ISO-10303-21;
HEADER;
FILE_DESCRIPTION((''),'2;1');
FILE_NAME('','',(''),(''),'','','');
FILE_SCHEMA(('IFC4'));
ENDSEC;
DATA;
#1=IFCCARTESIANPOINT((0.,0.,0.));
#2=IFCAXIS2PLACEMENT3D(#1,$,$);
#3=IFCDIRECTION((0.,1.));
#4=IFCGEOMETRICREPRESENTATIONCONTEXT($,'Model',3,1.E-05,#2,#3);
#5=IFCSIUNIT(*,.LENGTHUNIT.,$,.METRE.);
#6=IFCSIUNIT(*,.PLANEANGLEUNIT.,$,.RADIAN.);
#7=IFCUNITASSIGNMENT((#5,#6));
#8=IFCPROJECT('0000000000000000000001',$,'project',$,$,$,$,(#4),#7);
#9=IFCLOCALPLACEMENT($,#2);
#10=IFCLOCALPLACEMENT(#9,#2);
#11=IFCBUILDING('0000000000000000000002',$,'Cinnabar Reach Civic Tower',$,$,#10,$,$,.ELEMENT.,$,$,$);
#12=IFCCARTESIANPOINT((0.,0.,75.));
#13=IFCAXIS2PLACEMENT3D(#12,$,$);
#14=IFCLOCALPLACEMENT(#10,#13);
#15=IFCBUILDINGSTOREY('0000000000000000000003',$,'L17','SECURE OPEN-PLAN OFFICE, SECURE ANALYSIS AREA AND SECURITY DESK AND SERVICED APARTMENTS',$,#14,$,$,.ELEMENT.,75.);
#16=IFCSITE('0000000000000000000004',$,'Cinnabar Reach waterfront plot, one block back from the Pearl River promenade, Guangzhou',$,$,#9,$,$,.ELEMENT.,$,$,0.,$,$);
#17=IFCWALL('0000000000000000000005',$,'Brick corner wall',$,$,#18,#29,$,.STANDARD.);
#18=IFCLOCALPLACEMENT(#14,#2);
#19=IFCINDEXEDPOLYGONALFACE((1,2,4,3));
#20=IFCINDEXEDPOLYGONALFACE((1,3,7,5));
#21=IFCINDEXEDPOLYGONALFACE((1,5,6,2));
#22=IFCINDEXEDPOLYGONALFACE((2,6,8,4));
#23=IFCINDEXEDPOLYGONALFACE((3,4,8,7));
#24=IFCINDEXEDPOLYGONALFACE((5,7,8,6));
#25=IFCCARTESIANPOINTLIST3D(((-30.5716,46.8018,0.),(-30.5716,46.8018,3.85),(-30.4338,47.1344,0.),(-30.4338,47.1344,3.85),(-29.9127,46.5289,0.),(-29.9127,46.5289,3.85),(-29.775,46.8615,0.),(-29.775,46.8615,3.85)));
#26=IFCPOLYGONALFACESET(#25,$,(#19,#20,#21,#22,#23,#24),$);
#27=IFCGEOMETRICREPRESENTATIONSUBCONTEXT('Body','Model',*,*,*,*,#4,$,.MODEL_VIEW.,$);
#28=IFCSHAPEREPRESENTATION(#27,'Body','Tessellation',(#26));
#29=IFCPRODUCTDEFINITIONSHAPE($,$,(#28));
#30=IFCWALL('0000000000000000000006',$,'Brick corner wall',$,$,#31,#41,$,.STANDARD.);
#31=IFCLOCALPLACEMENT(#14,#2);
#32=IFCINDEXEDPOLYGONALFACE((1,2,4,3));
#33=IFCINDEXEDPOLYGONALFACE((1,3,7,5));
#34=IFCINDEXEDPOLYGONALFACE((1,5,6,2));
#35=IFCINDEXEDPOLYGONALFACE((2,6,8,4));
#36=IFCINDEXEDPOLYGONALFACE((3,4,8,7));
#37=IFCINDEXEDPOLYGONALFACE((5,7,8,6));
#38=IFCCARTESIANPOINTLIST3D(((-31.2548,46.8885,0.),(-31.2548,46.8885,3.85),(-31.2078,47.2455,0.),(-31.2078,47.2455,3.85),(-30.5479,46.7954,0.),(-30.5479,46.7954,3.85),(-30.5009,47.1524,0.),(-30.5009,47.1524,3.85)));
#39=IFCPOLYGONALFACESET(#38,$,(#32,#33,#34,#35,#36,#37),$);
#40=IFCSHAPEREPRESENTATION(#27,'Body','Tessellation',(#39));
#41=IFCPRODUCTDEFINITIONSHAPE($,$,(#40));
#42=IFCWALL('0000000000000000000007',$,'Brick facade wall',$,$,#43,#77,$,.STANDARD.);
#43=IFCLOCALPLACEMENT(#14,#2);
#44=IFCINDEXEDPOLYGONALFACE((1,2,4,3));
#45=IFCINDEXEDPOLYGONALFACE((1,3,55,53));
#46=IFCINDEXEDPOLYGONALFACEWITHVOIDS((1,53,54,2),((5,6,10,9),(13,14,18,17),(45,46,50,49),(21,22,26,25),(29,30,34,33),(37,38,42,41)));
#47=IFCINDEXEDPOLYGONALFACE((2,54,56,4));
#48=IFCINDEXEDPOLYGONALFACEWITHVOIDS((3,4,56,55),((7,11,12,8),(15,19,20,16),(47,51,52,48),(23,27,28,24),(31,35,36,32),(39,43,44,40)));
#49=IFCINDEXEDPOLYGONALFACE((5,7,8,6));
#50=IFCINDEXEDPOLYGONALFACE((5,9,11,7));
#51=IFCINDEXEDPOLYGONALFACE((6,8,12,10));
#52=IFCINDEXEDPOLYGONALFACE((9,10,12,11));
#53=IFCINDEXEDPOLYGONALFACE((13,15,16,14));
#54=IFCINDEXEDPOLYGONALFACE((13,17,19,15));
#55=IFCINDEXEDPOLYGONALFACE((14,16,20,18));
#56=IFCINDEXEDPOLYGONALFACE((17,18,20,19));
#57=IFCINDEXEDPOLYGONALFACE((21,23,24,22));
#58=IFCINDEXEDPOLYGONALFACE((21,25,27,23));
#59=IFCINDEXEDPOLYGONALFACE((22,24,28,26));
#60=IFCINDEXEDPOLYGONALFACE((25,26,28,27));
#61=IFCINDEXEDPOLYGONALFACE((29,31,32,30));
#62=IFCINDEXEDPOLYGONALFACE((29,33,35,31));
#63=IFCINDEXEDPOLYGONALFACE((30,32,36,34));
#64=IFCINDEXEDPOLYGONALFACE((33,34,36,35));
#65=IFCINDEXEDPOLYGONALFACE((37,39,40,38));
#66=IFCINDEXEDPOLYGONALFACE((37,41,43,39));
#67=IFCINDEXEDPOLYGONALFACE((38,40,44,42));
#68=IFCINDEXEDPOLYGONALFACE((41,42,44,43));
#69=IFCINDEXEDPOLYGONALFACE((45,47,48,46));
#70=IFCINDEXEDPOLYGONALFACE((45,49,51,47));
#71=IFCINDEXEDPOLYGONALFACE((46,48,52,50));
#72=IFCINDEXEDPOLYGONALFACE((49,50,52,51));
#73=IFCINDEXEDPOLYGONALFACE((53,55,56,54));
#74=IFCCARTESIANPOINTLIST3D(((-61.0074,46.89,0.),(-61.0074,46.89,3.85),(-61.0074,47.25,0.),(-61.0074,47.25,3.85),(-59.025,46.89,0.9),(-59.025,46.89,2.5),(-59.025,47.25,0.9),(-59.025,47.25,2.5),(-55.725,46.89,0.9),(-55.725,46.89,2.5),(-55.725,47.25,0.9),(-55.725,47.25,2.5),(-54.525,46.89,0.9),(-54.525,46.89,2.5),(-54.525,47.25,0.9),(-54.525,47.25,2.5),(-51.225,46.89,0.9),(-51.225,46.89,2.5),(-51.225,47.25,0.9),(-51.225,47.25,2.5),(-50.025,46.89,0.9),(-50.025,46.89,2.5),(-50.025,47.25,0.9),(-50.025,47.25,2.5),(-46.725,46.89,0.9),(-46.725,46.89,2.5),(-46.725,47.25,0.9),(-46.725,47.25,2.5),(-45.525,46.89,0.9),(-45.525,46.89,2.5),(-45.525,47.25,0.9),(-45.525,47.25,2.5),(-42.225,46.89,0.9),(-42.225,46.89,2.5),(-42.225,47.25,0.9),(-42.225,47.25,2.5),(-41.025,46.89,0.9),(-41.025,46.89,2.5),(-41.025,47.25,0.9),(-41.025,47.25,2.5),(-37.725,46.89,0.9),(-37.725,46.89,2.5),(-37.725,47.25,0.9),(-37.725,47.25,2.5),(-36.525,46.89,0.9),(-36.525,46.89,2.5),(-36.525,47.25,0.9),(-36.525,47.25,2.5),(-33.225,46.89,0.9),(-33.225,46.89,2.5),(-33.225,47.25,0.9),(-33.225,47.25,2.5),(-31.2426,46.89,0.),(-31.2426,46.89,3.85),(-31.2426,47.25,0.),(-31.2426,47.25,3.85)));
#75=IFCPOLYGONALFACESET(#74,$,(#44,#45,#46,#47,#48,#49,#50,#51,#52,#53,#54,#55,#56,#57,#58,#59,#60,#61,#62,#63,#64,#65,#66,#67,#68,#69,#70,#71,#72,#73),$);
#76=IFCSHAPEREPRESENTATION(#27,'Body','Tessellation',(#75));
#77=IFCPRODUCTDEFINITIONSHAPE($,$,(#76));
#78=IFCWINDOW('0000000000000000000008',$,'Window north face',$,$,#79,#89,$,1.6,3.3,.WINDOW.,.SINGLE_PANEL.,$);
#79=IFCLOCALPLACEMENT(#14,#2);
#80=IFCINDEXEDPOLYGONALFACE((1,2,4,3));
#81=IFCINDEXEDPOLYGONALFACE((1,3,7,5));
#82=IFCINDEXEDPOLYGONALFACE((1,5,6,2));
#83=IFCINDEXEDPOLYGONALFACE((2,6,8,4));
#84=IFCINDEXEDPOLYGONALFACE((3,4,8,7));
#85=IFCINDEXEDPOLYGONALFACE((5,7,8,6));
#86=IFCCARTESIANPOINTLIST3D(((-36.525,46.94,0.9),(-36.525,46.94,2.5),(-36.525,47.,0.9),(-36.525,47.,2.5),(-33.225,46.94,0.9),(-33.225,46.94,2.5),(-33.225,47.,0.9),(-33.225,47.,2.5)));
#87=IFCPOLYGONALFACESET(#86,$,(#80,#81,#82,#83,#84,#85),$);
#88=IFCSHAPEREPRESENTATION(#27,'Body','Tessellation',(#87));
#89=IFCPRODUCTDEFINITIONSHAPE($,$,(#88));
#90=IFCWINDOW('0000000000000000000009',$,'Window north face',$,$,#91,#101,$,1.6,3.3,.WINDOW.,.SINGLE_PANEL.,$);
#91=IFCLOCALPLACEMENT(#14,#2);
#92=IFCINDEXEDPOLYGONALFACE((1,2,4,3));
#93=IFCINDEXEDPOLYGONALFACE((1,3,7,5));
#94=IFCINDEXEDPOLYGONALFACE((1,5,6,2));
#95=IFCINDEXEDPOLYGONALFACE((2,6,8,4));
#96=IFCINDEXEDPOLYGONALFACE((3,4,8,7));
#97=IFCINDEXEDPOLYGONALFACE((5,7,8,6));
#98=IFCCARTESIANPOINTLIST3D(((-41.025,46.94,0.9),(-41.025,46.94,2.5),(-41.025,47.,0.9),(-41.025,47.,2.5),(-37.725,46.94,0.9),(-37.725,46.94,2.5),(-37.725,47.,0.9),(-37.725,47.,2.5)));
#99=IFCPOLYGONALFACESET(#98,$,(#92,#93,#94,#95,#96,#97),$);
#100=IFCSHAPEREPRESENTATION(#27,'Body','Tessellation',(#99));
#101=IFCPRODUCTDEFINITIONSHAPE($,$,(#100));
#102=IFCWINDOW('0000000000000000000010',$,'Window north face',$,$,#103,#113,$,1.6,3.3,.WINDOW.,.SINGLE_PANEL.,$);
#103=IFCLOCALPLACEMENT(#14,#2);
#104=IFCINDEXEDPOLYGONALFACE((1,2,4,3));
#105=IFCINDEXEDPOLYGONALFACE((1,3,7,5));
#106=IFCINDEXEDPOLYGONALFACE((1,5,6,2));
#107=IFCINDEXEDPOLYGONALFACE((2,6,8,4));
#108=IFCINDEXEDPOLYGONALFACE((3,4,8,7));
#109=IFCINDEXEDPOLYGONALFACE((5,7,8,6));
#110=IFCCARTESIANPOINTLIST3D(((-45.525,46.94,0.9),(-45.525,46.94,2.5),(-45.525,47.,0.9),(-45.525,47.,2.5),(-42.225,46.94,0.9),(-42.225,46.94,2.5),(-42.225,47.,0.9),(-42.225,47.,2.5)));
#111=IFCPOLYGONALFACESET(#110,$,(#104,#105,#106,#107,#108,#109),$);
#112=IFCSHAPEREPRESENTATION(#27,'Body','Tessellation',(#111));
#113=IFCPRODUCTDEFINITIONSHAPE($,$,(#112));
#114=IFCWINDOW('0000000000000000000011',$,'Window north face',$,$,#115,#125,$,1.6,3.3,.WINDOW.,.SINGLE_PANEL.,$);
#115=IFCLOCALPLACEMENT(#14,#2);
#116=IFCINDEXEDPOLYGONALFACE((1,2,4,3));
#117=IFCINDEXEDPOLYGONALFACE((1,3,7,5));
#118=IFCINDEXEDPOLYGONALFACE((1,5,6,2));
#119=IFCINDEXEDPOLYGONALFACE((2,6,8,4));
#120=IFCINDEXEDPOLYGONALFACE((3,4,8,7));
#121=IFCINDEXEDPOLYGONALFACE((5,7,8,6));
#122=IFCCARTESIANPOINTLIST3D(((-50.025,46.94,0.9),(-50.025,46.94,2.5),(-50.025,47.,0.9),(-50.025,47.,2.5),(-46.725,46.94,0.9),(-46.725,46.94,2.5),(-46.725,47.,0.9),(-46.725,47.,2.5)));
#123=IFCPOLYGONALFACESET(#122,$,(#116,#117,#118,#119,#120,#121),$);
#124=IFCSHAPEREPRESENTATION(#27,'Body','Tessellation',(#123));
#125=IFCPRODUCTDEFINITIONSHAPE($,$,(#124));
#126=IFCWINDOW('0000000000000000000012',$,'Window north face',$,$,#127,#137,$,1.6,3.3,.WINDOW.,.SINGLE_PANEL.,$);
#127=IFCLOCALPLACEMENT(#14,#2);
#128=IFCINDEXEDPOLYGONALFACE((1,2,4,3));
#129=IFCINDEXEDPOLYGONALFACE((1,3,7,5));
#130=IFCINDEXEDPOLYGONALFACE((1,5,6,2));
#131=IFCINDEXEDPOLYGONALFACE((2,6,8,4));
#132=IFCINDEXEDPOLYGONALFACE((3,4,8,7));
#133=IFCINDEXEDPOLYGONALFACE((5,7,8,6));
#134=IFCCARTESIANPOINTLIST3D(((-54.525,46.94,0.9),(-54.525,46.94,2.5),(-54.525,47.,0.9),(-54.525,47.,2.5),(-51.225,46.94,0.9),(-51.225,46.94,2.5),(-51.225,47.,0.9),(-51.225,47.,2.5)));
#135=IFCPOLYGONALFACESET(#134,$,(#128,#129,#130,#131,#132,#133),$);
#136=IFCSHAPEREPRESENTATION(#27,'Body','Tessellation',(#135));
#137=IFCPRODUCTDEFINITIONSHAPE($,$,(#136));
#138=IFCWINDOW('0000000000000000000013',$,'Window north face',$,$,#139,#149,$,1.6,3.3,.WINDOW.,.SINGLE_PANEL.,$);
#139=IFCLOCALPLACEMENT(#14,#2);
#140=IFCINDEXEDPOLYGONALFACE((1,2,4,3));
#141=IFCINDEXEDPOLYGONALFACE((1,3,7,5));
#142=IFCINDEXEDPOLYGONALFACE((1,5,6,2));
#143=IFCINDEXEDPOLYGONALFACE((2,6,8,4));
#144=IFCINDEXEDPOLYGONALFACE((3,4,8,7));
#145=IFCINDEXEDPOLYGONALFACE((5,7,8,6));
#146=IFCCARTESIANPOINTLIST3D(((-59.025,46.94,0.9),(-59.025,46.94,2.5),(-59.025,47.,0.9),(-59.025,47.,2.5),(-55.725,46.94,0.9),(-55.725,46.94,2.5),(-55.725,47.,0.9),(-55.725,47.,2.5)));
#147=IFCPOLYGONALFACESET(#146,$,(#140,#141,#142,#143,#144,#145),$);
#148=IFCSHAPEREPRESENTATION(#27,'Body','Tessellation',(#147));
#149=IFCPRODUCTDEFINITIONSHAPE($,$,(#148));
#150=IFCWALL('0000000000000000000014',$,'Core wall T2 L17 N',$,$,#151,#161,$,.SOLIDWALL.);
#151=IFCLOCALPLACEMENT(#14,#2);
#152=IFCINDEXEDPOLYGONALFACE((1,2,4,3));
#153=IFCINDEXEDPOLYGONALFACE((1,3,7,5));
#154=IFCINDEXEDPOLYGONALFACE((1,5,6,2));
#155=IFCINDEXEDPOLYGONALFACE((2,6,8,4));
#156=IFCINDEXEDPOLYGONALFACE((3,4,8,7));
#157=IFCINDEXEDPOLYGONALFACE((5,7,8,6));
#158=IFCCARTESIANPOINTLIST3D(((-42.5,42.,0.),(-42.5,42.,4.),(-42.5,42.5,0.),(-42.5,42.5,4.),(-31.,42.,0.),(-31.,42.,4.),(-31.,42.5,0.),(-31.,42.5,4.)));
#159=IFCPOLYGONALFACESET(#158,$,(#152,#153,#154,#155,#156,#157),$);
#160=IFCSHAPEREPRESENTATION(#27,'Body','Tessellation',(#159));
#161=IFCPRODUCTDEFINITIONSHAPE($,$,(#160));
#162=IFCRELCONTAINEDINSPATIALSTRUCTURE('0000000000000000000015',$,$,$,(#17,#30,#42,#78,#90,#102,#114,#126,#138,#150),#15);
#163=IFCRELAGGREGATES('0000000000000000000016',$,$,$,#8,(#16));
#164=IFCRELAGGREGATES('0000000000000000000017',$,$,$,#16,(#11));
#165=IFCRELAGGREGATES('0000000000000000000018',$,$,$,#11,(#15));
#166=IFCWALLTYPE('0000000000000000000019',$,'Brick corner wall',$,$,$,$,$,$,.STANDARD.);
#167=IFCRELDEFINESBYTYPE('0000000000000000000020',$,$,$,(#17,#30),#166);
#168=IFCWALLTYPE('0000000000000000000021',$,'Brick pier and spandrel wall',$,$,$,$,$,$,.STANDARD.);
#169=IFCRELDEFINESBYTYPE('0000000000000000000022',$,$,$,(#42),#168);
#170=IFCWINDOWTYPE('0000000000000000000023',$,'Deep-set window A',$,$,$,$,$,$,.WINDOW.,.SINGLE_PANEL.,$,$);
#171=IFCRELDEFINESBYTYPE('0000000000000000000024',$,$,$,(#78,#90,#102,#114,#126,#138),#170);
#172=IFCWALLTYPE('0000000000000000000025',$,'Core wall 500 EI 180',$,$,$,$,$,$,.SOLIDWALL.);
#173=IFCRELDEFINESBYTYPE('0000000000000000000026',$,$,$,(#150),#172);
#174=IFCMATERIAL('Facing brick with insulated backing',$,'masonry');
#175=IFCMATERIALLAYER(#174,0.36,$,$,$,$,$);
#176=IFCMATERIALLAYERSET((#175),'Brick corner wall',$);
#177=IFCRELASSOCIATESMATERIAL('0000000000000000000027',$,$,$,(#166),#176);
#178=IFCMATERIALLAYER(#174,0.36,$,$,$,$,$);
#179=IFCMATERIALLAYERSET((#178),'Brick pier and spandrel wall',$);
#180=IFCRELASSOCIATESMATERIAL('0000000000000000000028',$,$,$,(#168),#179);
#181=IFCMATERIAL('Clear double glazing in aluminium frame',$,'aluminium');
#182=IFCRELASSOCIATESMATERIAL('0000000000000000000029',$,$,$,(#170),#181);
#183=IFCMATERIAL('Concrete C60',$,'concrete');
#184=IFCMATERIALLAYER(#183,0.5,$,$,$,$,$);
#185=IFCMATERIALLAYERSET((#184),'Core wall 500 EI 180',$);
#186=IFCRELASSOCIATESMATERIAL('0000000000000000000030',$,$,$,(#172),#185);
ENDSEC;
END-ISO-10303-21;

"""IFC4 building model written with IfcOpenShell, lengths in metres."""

from ifc_helpers import new_model, si_unit, direction, frame, frame_2d, origin, place, context, subcontext, project, spatial, rectangle, extrude, material, layer, layer_set, type_object, element, fill, save


model = new_model("IFC4")

# Units and contexts
model_context = context("Model", 3, precision=1e-05, world=origin(), true_north=direction((0.0, 1.0)))
body_context = subcontext(model_context, "Body", "Model", "MODEL_VIEW")
ifc_project = project(units=[si_unit("LENGTHUNIT", "METRE"), si_unit("PLANEANGLEUNIT", "RADIAN")], contexts=[model_context])

# Site, building, storey
site_placement = place(None, origin())
site = spatial("IfcSite", under=ifc_project, at=site_placement, Name="Cinnabar Reach waterfront plot, one block back from the Pearl River promenade, Guangzhou", CompositionType="ELEMENT", RefElevation=0.0)
building_placement = place(site_placement, origin())
building = spatial("IfcBuilding", under=site, at=building_placement, Name="Cinnabar Reach Civic Tower", CompositionType="ELEMENT")
storey_placement = place(building_placement, frame((0.0, 0.0, 75.0)))
storey = spatial("IfcBuildingStorey", under=building, at=storey_placement, Name="L17", Description="SECURE OPEN-PLAN OFFICE, SECURE ANALYSIS AREA AND SECURITY DESK AND SERVICED APARTMENTS", CompositionType="ELEMENT", Elevation=75.0)

# Shared definitions
ifc_material_1 = material(Name="Concrete C60", Category="concrete")

# Walls
ifc_material_2 = material(Name="Facing brick with insulated backing", Category="masonry")
ifc_layer_1 = layer(ifc_material_2, 0.36)
ifc_layer_set_1 = layer_set([ifc_layer_1], Name="Brick corner wall")
wall_type_1 = type_object("IfcWallType", Name="Brick corner wall", PredefinedType="STANDARD", material=ifc_layer_set_1)
for number, where, z_axis, x_axis, name in (
    (1, (-29.8439, 46.6952, 0.0), (0.0, 0.0, 1.0), (-0.923872, 0.382703, 0.0), "Brick corner wall"),
    (2, (-30.5244, 46.9739, 0.0), (0.0, 0.0, 1.0), (-0.991441, 0.130556, 0.0), "Brick corner wall"),
):
    element("IfcWall", number, at=place(storey_placement, frame(where, z_axis=z_axis, x_axis=x_axis)), inside=storey, type_object=wall_type_1, Name=name, PredefinedType="STANDARD", context=body_context, shape_type="SweptSolid", body=[
        extrude(rectangle(XDim=0.7131, YDim=0.36, at=frame_2d((0.3565, 0.0))), origin(), (0.0, 0.0, 1.0), 3.85),
    ])

# Wall, openings, windows
ifc_layer_2 = layer(ifc_material_2, 0.36)
ifc_layer_set_2 = layer_set([ifc_layer_2], Name="Brick pier and spandrel wall")
wall_type_2 = type_object("IfcWallType", Name="Brick pier and spandrel wall", PredefinedType="STANDARD", material=ifc_layer_set_2)
wall_1_placement = place(storey_placement, frame((-31.2426, 47.07, 0.0), z_axis=(0.0, 0.0, 1.0), x_axis=(-1.0, 0.0, 0.0)))
wall_1 = element("IfcWall", 3, at=wall_1_placement, inside=storey, type_object=wall_type_2, Name="Brick facade wall", PredefinedType="STANDARD", context=body_context, shape_type="SweptSolid", body=[
    extrude(rectangle(XDim=29.7648, YDim=0.36, at=frame_2d((14.8824, 0.0))), origin(), (0.0, 0.0, 1.0), 3.85),
])
opening_1_placement = place(wall_1_placement, frame((1.9824, 0.0, 0.9)))
opening_1 = element("IfcOpeningElement", 4, at=opening_1_placement, cuts=wall_1, PredefinedType="OPENING", context=body_context, shape_type="SweptSolid", body=[
    extrude(rectangle(XDim=3.3, YDim=1.6, at=frame_2d((1.65, 0.8))), frame((0.0, 0.19, 0.0), z_axis=(0.0, -1.0, 0.0), x_axis=(1.0, 0.0, 0.0)), (0.0, 0.0, 1.0), 0.38),
])
opening_2_placement = place(wall_1_placement, frame((6.4824, 0.0, 0.9)))
opening_2 = element("IfcOpeningElement", 5, at=opening_2_placement, cuts=wall_1, PredefinedType="OPENING", context=body_context, shape_type="SweptSolid", body=[
    extrude(rectangle(XDim=3.3, YDim=1.6, at=frame_2d((1.65, 0.8))), frame((0.0, 0.19, 0.0), z_axis=(0.0, -1.0, 0.0), x_axis=(1.0, 0.0, 0.0)), (0.0, 0.0, 1.0), 0.38),
])
opening_3_placement = place(wall_1_placement, frame((10.9824, 0.0, 0.9)))
opening_3 = element("IfcOpeningElement", 6, at=opening_3_placement, cuts=wall_1, PredefinedType="OPENING", context=body_context, shape_type="SweptSolid", body=[
    extrude(rectangle(XDim=3.3, YDim=1.6, at=frame_2d((1.65, 0.8))), frame((0.0, 0.19, 0.0), z_axis=(0.0, -1.0, 0.0), x_axis=(1.0, 0.0, 0.0)), (0.0, 0.0, 1.0), 0.38),
])
opening_4_placement = place(wall_1_placement, frame((15.4824, 0.0, 0.9)))
opening_4 = element("IfcOpeningElement", 7, at=opening_4_placement, cuts=wall_1, PredefinedType="OPENING", context=body_context, shape_type="SweptSolid", body=[
    extrude(rectangle(XDim=3.3, YDim=1.6, at=frame_2d((1.65, 0.8))), frame((0.0, 0.19, 0.0), z_axis=(0.0, -1.0, 0.0), x_axis=(1.0, 0.0, 0.0)), (0.0, 0.0, 1.0), 0.38),
])
opening_5_placement = place(wall_1_placement, frame((19.9824, 0.0, 0.9)))
opening_5 = element("IfcOpeningElement", 8, at=opening_5_placement, cuts=wall_1, PredefinedType="OPENING", context=body_context, shape_type="SweptSolid", body=[
    extrude(rectangle(XDim=3.3, YDim=1.6, at=frame_2d((1.65, 0.8))), frame((0.0, 0.19, 0.0), z_axis=(0.0, -1.0, 0.0), x_axis=(1.0, 0.0, 0.0)), (0.0, 0.0, 1.0), 0.38),
])
opening_6_placement = place(wall_1_placement, frame((24.4824, 0.0, 0.9)))
opening_6 = element("IfcOpeningElement", 9, at=opening_6_placement, cuts=wall_1, PredefinedType="OPENING", context=body_context, shape_type="SweptSolid", body=[
    extrude(rectangle(XDim=3.3, YDim=1.6, at=frame_2d((1.65, 0.8))), frame((0.0, 0.19, 0.0), z_axis=(0.0, -1.0, 0.0), x_axis=(1.0, 0.0, 0.0)), (0.0, 0.0, 1.0), 0.38),
])
ifc_material_3 = material(Name="Clear double glazing in aluminium frame", Category="aluminium")
window_type = type_object("IfcWindowType", Name="Deep-set window A", PartitioningType="SINGLE_PANEL", PredefinedType="WINDOW", material=ifc_material_3)
window_1_placement = place(opening_1_placement, origin())
window_1 = element("IfcWindow", 10, at=window_1_placement, inside=storey, type_object=window_type, Name="Window north face", OverallHeight=1.6, OverallWidth=3.3, PartitioningType="SINGLE_PANEL", PredefinedType="WINDOW", context=body_context, shape_type="SweptSolid", body=[
    extrude(rectangle(XDim=3.3, YDim=1.6, at=frame_2d((1.65, 0.8))), frame((0.0, 0.13, 0.0), z_axis=(0.0, -1.0, 0.0), x_axis=(1.0, 0.0, 0.0)), (0.0, 0.0, 1.0), 0.06),
])
fill(opening_1, window_1)
window_2_placement = place(opening_2_placement, origin())
window_2 = element("IfcWindow", 11, at=window_2_placement, inside=storey, type_object=window_type, Name="Window north face", OverallHeight=1.6, OverallWidth=3.3, PartitioningType="SINGLE_PANEL", PredefinedType="WINDOW", context=body_context, shape_type="SweptSolid", body=[
    extrude(rectangle(XDim=3.3, YDim=1.6, at=frame_2d((1.65, 0.8))), frame((0.0, 0.13, 0.0), z_axis=(0.0, -1.0, 0.0), x_axis=(1.0, 0.0, 0.0)), (0.0, 0.0, 1.0), 0.06),
])
fill(opening_2, window_2)
window_3_placement = place(opening_3_placement, origin())
window_3 = element("IfcWindow", 12, at=window_3_placement, inside=storey, type_object=window_type, Name="Window north face", OverallHeight=1.6, OverallWidth=3.3, PartitioningType="SINGLE_PANEL", PredefinedType="WINDOW", context=body_context, shape_type="SweptSolid", body=[
    extrude(rectangle(XDim=3.3, YDim=1.6, at=frame_2d((1.65, 0.8))), frame((0.0, 0.13, 0.0), z_axis=(0.0, -1.0, 0.0), x_axis=(1.0, 0.0, 0.0)), (0.0, 0.0, 1.0), 0.06),
])
fill(opening_3, window_3)
window_4_placement = place(opening_4_placement, origin())
window_4 = element("IfcWindow", 13, at=window_4_placement, inside=storey, type_object=window_type, Name="Window north face", OverallHeight=1.6, OverallWidth=3.3, PartitioningType="SINGLE_PANEL", PredefinedType="WINDOW", context=body_context, shape_type="SweptSolid", body=[
    extrude(rectangle(XDim=3.3, YDim=1.6, at=frame_2d((1.65, 0.8))), frame((0.0, 0.13, 0.0), z_axis=(0.0, -1.0, 0.0), x_axis=(1.0, 0.0, 0.0)), (0.0, 0.0, 1.0), 0.06),
])
fill(opening_4, window_4)
window_5_placement = place(opening_5_placement, origin())
window_5 = element("IfcWindow", 14, at=window_5_placement, inside=storey, type_object=window_type, Name="Window north face", OverallHeight=1.6, OverallWidth=3.3, PartitioningType="SINGLE_PANEL", PredefinedType="WINDOW", context=body_context, shape_type="SweptSolid", body=[
    extrude(rectangle(XDim=3.3, YDim=1.6, at=frame_2d((1.65, 0.8))), frame((0.0, 0.13, 0.0), z_axis=(0.0, -1.0, 0.0), x_axis=(1.0, 0.0, 0.0)), (0.0, 0.0, 1.0), 0.06),
])
fill(opening_5, window_5)
window_6_placement = place(opening_6_placement, origin())
window_6 = element("IfcWindow", 15, at=window_6_placement, inside=storey, type_object=window_type, Name="Window north face", OverallHeight=1.6, OverallWidth=3.3, PartitioningType="SINGLE_PANEL", PredefinedType="WINDOW", context=body_context, shape_type="SweptSolid", body=[
    extrude(rectangle(XDim=3.3, YDim=1.6, at=frame_2d((1.65, 0.8))), frame((0.0, 0.13, 0.0), z_axis=(0.0, -1.0, 0.0), x_axis=(1.0, 0.0, 0.0)), (0.0, 0.0, 1.0), 0.06),
])
fill(opening_6, window_6)

# Wall
ifc_layer_3 = layer(ifc_material_1, 0.5)
ifc_layer_set_3 = layer_set([ifc_layer_3], Name="Core wall 500 EI 180")
wall_type_3 = type_object("IfcWallType", Name="Core wall 500 EI 180", PredefinedType="SOLIDWALL", material=ifc_layer_set_3)
wall_2_placement = place(storey_placement, frame((-31.0, 42.25, 0.0), z_axis=(0.0, 0.0, 1.0), x_axis=(-1.0, 0.0, 0.0)))
element("IfcWall", 16, at=wall_2_placement, inside=storey, type_object=wall_type_3, Name="Core wall T2 L17 N", PredefinedType="SOLIDWALL", context=body_context, shape_type="SweptSolid", body=[
    extrude(rectangle(XDim=11.5, YDim=0.5, at=frame_2d((5.75, 0.0))), origin(), (0.0, 0.0, 1.0), 4.0),
])

save(model, "model.ifc")
